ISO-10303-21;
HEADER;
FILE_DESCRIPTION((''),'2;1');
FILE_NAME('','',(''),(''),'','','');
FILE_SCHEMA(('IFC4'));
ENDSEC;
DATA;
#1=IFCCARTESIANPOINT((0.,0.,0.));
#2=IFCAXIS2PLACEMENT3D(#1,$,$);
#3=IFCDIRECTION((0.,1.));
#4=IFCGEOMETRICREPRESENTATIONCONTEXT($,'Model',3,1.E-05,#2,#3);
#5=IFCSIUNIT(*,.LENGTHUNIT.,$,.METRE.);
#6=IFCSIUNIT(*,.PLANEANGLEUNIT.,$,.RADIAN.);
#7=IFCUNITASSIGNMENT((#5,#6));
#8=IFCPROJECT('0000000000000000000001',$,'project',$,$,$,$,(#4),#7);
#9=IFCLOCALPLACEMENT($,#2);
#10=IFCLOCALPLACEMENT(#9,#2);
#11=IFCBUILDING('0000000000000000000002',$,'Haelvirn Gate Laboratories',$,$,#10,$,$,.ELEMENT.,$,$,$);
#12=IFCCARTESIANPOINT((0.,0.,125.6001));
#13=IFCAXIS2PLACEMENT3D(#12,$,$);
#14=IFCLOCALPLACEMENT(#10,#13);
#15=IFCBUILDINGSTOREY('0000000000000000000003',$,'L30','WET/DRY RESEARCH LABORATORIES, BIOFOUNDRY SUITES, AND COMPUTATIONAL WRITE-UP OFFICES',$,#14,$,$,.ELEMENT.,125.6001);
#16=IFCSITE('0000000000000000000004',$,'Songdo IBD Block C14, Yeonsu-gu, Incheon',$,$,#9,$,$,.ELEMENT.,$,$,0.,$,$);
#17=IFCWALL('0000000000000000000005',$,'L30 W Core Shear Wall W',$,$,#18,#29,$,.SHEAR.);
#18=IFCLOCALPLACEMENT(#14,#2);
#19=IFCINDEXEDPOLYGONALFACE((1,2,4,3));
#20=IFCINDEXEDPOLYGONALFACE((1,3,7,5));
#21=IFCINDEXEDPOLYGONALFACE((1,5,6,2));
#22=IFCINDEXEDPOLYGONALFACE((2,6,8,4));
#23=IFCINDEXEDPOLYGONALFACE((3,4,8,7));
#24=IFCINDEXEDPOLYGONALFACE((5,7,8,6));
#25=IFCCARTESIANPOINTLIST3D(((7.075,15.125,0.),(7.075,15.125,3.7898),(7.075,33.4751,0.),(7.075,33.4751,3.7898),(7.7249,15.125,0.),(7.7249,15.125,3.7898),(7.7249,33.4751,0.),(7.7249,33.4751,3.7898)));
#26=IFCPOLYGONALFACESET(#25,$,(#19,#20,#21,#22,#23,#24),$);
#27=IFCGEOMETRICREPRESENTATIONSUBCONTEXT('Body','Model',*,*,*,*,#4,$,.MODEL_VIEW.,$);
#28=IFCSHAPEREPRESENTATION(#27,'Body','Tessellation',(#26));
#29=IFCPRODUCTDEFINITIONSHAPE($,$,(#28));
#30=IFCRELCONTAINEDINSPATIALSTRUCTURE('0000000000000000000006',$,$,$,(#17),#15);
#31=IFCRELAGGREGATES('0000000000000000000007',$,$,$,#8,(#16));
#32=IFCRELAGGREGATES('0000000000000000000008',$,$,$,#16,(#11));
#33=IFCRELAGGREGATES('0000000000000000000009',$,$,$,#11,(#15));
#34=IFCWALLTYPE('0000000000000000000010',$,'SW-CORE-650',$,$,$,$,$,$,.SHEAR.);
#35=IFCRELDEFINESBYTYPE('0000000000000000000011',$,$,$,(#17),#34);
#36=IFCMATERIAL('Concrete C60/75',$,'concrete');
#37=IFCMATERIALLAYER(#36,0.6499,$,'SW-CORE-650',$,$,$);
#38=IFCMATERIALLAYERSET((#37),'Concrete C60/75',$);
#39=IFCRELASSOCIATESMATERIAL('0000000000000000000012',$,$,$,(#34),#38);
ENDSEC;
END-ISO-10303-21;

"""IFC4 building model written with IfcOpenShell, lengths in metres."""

from ifc_helpers import new_model, si_unit, direction, frame, frame_2d, origin, place, context, subcontext, project, spatial, rectangle, extrude, material, layer, layer_set, type_object, element, save


model = new_model("IFC4")

# Units and contexts
model_context = context("Model", 3, precision=1e-05, world=origin(), true_north=direction((0.0, 1.0)))
body_context = subcontext(model_context, "Body", "Model", "MODEL_VIEW")
ifc_project = project(units=[si_unit("LENGTHUNIT", "METRE"), si_unit("PLANEANGLEUNIT", "RADIAN")], contexts=[model_context])

# Site, building, storey
site_placement = place(None, origin())
site = spatial("IfcSite", under=ifc_project, at=site_placement, Name="Songdo IBD Block C14, Yeonsu-gu, Incheon", CompositionType="ELEMENT", RefElevation=0.0)
building_placement = place(site_placement, origin())
building = spatial("IfcBuilding", under=site, at=building_placement, Name="Haelvirn Gate Laboratories", CompositionType="ELEMENT")
storey_placement = place(building_placement, frame((0.0, 0.0, 125.6001)))
storey = spatial("IfcBuildingStorey", under=building, at=storey_placement, Name="L30", Description="WET/DRY RESEARCH LABORATORIES, BIOFOUNDRY SUITES, AND COMPUTATIONAL WRITE-UP OFFICES", CompositionType="ELEMENT", Elevation=125.6001)

# Shared definitions
ifc_material_1 = material(Name="Concrete C60/75", Category="concrete")

# Wall
ifc_layer_1 = layer(ifc_material_1, 0.6499, Name="SW-CORE-650")
ifc_layer_set_1 = layer_set([ifc_layer_1], Name="Concrete C60/75")
wall_type_1 = type_object("IfcWallType", Name="SW-CORE-650", PredefinedType="SHEAR", material=ifc_layer_set_1)
wall_1_placement = place(storey_placement, frame((7.3999, 15.125, 0.0), z_axis=(0.0, 0.0, 1.0), x_axis=(0.0, 1.0, 0.0)))
element("IfcWall", 1, at=wall_1_placement, inside=storey, type_object=wall_type_1, Name="L30 W Core Shear Wall W", PredefinedType="SHEAR", context=body_context, shape_type="SweptSolid", body=[
    extrude(rectangle(XDim=18.3501, YDim=0.6499, at=frame_2d((9.175, 0.0))), origin(), (0.0, 0.0, 1.0), 3.7898),
])

save(model, "model.ifc")
